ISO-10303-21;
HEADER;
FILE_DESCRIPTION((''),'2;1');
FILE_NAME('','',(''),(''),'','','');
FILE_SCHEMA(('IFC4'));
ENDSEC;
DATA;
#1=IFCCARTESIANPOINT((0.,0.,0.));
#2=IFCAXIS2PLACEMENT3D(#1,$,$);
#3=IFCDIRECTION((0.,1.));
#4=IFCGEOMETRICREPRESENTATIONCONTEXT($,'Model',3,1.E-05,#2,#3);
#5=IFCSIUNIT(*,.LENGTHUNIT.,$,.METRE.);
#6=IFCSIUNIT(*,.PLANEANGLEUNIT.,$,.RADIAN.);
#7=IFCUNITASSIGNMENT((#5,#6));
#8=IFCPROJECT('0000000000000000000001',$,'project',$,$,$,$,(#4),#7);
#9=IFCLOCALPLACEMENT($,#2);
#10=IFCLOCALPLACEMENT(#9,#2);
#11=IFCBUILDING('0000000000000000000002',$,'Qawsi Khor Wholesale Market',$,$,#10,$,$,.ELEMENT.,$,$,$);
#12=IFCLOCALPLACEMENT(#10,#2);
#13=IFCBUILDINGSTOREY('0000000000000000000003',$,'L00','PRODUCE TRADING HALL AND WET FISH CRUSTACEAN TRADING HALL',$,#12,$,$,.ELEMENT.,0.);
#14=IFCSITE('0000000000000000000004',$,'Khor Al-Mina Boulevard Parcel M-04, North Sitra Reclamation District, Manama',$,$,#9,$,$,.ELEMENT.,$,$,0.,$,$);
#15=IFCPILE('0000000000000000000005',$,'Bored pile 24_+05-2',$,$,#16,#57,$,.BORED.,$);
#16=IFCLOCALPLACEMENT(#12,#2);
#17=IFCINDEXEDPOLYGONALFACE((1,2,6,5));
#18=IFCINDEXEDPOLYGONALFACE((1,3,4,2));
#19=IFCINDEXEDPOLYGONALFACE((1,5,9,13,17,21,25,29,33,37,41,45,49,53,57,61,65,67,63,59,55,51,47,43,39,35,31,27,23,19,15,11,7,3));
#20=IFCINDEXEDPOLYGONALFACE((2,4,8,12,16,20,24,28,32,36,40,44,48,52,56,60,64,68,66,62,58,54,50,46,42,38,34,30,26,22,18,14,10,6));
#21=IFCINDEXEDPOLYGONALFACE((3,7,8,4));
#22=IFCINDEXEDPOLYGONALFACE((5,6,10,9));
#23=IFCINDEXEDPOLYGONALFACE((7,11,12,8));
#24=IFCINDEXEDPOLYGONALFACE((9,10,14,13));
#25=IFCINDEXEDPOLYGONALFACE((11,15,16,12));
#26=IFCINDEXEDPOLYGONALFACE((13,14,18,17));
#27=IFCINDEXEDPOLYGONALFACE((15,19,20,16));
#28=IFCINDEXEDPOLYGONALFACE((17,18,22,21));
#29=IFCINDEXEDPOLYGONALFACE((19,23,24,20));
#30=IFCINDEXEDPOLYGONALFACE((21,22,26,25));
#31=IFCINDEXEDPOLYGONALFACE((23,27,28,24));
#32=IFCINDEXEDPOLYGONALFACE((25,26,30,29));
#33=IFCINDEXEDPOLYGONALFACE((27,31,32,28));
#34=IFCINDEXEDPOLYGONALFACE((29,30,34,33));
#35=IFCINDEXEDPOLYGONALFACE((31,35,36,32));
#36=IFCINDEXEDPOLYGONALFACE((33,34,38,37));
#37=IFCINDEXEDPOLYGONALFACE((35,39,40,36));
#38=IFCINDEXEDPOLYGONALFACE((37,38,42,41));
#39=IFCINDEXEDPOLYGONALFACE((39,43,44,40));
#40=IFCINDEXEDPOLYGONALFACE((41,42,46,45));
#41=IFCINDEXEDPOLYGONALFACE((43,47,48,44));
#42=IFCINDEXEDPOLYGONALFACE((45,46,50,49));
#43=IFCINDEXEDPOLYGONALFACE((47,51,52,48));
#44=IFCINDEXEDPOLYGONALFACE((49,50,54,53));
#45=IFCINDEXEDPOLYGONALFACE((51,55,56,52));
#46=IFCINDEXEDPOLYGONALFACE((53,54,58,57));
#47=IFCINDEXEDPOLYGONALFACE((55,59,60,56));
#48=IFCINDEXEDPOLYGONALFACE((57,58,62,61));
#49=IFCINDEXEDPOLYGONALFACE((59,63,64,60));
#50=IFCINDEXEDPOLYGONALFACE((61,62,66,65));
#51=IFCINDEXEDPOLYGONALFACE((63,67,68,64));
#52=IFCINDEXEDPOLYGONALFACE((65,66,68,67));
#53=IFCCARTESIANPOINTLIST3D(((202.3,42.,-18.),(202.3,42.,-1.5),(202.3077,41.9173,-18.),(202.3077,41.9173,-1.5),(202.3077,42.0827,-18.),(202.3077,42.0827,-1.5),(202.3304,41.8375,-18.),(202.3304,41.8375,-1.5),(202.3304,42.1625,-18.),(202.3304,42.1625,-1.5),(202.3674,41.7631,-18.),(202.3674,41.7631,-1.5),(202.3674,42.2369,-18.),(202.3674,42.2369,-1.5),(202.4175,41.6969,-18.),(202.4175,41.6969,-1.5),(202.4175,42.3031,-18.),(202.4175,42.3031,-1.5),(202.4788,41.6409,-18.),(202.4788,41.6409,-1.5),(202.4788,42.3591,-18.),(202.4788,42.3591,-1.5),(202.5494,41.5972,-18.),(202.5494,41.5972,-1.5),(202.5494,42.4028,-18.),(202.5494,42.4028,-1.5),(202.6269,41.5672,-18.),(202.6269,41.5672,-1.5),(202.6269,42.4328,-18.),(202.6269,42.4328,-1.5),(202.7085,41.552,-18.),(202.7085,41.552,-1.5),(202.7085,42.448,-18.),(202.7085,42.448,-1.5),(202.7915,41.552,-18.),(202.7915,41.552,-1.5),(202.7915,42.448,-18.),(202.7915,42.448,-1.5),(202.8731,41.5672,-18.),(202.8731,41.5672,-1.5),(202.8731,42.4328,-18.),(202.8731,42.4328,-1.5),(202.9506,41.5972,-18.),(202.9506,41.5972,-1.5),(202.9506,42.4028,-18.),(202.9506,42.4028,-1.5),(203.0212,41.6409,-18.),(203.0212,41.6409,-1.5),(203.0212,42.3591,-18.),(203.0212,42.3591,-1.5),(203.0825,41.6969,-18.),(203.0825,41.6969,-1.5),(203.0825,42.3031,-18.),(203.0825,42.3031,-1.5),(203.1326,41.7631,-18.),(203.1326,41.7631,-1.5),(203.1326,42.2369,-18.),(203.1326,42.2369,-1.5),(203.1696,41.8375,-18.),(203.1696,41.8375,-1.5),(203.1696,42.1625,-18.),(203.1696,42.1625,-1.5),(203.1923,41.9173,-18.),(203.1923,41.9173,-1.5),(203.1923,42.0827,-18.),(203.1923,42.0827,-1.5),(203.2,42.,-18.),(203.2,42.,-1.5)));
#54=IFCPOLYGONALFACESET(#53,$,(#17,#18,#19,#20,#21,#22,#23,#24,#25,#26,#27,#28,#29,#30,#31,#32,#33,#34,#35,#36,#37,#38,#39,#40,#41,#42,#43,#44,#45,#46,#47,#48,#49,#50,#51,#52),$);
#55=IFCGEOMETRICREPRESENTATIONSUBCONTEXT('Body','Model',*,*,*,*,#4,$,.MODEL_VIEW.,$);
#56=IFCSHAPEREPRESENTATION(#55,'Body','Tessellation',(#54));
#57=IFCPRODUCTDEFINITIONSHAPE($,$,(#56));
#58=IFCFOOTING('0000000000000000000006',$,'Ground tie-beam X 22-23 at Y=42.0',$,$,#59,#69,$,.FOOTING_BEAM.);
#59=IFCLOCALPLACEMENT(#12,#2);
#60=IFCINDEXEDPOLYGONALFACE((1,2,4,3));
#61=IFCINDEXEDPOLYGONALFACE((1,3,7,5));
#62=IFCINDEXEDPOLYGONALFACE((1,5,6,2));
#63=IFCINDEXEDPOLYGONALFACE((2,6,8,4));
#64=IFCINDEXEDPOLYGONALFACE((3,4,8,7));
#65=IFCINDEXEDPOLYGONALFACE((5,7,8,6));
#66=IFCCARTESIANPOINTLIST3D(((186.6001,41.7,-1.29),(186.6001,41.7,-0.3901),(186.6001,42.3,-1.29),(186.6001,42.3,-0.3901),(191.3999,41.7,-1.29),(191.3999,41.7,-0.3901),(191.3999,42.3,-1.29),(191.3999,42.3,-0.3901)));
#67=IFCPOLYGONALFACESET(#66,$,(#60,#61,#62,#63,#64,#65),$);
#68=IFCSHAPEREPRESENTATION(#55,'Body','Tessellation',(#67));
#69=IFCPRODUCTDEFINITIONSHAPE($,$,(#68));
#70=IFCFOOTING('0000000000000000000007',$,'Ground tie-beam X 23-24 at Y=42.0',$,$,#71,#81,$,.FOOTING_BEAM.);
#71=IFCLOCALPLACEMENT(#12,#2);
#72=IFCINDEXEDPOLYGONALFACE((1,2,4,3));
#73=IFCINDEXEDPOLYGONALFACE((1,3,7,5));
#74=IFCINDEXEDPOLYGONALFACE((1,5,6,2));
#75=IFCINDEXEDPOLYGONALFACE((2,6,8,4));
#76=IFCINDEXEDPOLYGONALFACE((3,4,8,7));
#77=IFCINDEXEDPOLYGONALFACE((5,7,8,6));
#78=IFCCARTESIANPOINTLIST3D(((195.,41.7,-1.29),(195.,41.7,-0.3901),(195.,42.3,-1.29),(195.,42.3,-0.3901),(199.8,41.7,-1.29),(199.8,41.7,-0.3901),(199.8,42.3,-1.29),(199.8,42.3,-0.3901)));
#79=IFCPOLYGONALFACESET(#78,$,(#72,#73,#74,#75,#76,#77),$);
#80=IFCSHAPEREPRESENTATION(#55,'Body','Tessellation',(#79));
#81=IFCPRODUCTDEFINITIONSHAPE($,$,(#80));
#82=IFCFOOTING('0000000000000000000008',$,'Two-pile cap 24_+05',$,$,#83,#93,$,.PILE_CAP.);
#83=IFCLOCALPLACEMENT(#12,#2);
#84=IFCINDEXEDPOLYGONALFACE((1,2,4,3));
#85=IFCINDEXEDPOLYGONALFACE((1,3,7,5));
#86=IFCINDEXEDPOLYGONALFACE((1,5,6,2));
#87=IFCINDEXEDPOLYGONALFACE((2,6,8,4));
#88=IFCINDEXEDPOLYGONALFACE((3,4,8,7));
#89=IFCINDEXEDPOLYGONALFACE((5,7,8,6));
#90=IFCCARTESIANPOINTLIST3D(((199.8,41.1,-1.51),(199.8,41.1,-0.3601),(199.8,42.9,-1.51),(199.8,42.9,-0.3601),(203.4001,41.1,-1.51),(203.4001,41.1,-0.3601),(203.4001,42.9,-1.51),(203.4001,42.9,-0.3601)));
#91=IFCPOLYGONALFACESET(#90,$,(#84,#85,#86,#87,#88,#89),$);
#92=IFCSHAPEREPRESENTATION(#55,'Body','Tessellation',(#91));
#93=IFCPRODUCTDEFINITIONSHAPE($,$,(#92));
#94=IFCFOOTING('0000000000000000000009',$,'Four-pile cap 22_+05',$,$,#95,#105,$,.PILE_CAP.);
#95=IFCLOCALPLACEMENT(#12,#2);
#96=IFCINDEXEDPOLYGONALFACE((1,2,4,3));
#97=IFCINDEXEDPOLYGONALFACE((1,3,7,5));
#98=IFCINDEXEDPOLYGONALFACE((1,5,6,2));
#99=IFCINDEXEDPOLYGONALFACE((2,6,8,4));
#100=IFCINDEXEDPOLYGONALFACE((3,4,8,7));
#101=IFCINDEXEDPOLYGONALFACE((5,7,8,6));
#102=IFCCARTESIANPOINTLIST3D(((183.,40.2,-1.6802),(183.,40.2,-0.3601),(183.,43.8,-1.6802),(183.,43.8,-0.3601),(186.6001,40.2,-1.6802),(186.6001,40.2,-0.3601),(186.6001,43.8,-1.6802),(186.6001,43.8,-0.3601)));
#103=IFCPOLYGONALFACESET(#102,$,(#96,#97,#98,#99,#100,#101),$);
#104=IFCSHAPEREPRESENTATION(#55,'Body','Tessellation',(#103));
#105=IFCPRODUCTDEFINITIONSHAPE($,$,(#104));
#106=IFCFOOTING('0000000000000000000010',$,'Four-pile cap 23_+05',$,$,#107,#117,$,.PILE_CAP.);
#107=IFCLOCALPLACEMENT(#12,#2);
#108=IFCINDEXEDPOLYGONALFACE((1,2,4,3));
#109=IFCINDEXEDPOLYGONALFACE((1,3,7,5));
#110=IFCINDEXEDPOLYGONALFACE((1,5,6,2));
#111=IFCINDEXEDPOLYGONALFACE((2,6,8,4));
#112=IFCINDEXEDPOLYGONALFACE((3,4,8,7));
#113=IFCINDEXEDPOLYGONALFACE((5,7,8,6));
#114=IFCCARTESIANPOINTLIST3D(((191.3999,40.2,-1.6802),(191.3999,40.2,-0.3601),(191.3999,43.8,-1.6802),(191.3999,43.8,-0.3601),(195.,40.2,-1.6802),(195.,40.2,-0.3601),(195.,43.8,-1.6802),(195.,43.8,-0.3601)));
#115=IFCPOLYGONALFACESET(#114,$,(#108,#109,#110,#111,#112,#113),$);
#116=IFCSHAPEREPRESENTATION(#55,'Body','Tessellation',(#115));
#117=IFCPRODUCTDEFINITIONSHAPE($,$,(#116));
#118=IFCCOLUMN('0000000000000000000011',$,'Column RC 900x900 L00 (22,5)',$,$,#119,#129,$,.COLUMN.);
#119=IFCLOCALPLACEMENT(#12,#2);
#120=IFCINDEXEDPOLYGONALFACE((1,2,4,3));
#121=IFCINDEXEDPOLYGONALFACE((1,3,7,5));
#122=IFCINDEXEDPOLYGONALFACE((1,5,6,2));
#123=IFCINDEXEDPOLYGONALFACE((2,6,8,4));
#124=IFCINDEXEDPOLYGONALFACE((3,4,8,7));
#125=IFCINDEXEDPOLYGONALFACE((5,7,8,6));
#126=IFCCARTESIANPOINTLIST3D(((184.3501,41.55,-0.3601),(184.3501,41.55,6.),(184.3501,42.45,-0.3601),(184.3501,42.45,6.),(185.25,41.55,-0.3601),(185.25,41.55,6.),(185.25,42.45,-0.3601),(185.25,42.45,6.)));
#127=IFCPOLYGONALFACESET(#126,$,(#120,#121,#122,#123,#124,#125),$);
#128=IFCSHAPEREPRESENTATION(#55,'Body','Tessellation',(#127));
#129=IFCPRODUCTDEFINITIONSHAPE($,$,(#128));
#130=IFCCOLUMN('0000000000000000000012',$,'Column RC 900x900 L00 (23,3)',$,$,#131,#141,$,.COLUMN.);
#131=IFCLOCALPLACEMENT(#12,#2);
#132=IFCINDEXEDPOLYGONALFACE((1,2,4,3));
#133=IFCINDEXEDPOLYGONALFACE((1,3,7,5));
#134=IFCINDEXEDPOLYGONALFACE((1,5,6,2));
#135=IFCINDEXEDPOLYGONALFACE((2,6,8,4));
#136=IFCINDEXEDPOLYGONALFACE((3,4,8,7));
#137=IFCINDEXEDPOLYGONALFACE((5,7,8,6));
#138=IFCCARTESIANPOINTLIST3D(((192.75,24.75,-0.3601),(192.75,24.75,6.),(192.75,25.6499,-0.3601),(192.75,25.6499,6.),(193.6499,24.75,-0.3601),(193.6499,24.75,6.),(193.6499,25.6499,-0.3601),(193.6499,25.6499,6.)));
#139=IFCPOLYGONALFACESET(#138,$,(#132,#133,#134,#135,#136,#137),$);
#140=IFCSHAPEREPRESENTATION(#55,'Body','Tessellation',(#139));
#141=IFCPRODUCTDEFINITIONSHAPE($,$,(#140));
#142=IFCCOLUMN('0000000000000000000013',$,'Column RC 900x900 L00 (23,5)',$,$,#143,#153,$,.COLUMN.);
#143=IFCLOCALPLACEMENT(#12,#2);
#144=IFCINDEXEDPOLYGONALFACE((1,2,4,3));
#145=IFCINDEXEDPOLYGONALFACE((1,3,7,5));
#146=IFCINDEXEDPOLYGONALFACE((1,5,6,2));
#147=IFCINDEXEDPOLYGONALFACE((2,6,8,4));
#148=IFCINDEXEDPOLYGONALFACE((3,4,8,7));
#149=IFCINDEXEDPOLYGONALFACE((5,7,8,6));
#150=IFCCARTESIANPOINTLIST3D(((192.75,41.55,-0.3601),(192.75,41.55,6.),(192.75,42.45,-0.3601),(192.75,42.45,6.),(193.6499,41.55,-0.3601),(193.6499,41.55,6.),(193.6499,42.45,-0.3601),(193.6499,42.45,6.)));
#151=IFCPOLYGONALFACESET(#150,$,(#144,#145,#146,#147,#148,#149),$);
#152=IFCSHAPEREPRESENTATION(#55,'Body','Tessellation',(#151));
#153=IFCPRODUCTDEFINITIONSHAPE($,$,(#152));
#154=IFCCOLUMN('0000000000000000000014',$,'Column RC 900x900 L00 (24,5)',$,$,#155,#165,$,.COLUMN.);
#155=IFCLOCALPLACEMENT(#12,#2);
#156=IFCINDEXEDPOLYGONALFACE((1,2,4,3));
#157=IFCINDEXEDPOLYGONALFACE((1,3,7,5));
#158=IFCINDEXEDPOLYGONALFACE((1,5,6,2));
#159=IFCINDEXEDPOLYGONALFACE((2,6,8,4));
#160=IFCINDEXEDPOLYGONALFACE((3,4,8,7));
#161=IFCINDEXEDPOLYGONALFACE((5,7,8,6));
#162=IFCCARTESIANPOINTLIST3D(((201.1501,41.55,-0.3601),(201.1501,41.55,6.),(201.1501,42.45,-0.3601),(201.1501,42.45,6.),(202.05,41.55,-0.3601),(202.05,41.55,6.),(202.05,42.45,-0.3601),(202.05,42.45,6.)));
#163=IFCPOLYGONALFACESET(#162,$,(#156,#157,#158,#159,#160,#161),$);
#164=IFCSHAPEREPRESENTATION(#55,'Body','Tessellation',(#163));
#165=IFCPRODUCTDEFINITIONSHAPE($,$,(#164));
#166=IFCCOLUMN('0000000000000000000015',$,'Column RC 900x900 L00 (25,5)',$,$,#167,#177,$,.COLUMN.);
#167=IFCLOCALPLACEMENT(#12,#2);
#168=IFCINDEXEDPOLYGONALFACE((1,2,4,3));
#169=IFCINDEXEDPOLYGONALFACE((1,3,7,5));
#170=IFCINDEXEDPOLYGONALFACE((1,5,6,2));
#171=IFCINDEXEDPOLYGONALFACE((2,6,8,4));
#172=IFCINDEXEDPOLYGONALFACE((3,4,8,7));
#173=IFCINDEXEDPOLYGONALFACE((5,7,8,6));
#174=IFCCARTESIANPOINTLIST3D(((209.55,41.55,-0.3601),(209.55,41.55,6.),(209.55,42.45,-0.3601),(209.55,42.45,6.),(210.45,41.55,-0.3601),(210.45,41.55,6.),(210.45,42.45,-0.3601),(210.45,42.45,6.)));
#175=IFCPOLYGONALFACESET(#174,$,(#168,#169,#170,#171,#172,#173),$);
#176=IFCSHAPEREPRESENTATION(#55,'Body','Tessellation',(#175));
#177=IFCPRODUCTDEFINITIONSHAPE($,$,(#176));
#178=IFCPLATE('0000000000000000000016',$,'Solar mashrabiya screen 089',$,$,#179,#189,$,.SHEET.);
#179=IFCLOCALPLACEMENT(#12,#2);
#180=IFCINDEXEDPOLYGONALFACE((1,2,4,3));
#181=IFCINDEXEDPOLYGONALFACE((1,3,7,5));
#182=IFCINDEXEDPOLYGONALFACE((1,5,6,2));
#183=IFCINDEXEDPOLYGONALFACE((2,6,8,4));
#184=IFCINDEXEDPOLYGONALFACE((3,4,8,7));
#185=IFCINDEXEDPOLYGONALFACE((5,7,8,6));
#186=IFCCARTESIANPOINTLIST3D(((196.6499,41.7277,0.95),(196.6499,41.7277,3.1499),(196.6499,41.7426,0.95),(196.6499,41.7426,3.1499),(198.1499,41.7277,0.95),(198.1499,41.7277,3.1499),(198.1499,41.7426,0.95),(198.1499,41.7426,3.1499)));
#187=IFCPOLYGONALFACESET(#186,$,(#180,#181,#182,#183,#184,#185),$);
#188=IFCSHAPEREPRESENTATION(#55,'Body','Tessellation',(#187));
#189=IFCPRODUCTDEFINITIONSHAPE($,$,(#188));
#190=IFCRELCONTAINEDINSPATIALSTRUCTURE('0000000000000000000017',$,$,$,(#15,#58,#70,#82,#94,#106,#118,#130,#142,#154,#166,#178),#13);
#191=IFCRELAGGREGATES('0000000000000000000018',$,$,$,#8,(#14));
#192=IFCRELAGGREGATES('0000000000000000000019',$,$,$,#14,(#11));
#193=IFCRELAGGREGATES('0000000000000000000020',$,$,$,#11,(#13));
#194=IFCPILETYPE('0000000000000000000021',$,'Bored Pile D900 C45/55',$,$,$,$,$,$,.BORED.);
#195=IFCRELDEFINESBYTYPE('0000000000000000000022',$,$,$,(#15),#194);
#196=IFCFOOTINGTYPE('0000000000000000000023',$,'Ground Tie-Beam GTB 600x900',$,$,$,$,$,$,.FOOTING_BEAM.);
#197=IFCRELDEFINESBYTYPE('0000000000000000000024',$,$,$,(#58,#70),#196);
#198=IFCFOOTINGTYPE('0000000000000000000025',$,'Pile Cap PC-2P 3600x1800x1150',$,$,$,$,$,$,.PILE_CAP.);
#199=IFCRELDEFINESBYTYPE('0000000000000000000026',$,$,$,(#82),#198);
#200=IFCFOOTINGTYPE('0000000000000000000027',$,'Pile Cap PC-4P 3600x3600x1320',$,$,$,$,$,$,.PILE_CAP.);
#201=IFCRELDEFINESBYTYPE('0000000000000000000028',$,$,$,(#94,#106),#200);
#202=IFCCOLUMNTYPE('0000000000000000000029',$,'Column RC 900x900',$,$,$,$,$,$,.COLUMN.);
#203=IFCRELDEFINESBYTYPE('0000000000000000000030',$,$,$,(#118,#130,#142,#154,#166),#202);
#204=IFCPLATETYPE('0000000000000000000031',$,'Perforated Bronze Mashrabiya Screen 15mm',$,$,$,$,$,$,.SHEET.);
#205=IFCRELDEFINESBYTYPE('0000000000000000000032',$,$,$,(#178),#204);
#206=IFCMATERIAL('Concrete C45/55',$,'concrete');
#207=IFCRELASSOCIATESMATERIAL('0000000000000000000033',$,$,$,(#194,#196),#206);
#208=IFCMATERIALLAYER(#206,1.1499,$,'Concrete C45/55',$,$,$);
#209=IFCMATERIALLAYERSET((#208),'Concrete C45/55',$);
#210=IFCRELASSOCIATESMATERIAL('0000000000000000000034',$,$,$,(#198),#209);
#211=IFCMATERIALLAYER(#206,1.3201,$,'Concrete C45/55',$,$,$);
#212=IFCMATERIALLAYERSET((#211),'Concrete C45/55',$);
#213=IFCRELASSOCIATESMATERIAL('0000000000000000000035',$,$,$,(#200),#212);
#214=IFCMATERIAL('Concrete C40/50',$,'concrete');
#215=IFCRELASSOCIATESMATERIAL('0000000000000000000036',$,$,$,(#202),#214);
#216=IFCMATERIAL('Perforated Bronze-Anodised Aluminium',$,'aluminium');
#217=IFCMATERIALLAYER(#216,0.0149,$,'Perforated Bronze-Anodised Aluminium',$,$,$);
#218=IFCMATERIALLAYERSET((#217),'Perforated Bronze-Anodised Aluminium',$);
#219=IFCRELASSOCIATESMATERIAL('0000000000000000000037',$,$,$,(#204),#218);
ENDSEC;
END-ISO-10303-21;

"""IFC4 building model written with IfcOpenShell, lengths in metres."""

from ifc_helpers import new_model, si_unit, direction, frame, frame_2d, origin, origin_2d, place, context, subcontext, project, spatial, rectangle, circle, extrude, material, layer, layer_set, material_profile, profile_set, type_object, element, save


model = new_model("IFC4")

# Units and contexts
model_context = context("Model", 3, precision=1e-05, world=origin(), true_north=direction((0.0, 1.0)))
body_context = subcontext(model_context, "Body", "Model", "MODEL_VIEW")
ifc_project = project(units=[si_unit("LENGTHUNIT", "METRE"), si_unit("PLANEANGLEUNIT", "RADIAN")], contexts=[model_context])

# Site, building, storey
site_placement = place(None, origin())
site = spatial("IfcSite", under=ifc_project, at=site_placement, Name="Khor Al-Mina Boulevard Parcel M-04, North Sitra Reclamation District, Manama", CompositionType="ELEMENT", RefElevation=0.0)
building_placement = place(site_placement, origin())
building = spatial("IfcBuilding", under=site, at=building_placement, Name="Qawsi Khor Wholesale Market", CompositionType="ELEMENT")
storey_placement = place(building_placement, origin())
storey = spatial("IfcBuildingStorey", under=building, at=storey_placement, Name="L00", Description="PRODUCE TRADING HALL AND WET FISH CRUSTACEAN TRADING HALL", CompositionType="ELEMENT", Elevation=0.0)

# Pile
ifc_material_1 = material(Name="Concrete C45/55", Category="concrete")
ifc_material_profile_1 = material_profile(ifc_material_1, circle(Radius=0.45, at=origin_2d()), Name="PILE D900")
ifc_profile_set_1 = profile_set([ifc_material_profile_1], Name="Concrete C45/55")
pile_type = type_object("IfcPileType", Name="Bored Pile D900 C45/55", PredefinedType="BORED", material=ifc_profile_set_1)
for number, where, z_axis, x_axis, name in (
    (1, (202.75, 42.0, -1.5), (0.0, 0.0, -1.0), (1.0, 0.0, 0.0), "Bored pile 24_+05-2"),
):
    element("IfcPile", number, at=place(storey_placement, frame(where, z_axis=z_axis, x_axis=x_axis)), inside=storey, type_object=pile_type, Name=name, PredefinedType="BORED", context=body_context, shape_type="SweptSolid", body=[
        extrude(circle(Radius=0.45, at=origin_2d()), origin(), (0.0, 0.0, 1.0), 16.5),
    ])

# Footings
ifc_material_profile_2 = material_profile(ifc_material_1, rectangle(XDim=0.6001, YDim=0.8999, at=origin_2d()), Name="RC 600x900")
ifc_profile_set_2 = profile_set([ifc_material_profile_2], Name="Concrete C45/55")
footing_type_1 = type_object("IfcFootingType", Name="Ground Tie-Beam GTB 600x900", PredefinedType="FOOTING_BEAM", material=ifc_profile_set_2)
footing_1_placement = place(storey_placement, frame((186.6001, 42.0, -0.8401), z_axis=(1.0, 0.0, 0.0), x_axis=(0.0, 1.0, 0.0)))
element("IfcFooting", 2, at=footing_1_placement, inside=storey, type_object=footing_type_1, Name="Ground tie-beam X 22-23 at Y=42.0", PredefinedType="FOOTING_BEAM", context=body_context, shape_type="SweptSolid", body=[
    extrude(rectangle(XDim=0.6001, YDim=0.8999, at=origin_2d()), origin(), (0.0, 0.0, 1.0), 4.7998),
])
footing_2_placement = place(storey_placement, frame((195.0, 42.0, -0.8401), z_axis=(1.0, 0.0, 0.0), x_axis=(0.0, 1.0, 0.0)))
element("IfcFooting", 3, at=footing_2_placement, inside=storey, type_object=footing_type_1, Name="Ground tie-beam X 23-24 at Y=42.0", PredefinedType="FOOTING_BEAM", context=body_context, shape_type="SweptSolid", body=[
    extrude(rectangle(XDim=0.6001, YDim=0.8999, at=origin_2d()), origin(), (0.0, 0.0, 1.0), 4.8),
])
ifc_layer_1 = layer(ifc_material_1, 1.1499, Name="Concrete C45/55")
ifc_layer_set_1 = layer_set([ifc_layer_1], Name="Concrete C45/55")
footing_type_2 = type_object("IfcFootingType", Name="Pile Cap PC-2P 3600x1800x1150", PredefinedType="PILE_CAP", material=ifc_layer_set_1)
footing_3_placement = place(storey_placement, frame((201.6001, 42.0, -1.51), z_axis=(0.0, 0.0, 1.0), x_axis=(1.0, 0.0, 0.0)))
element("IfcFooting", 4, at=footing_3_placement, inside=storey, type_object=footing_type_2, Name="Two-pile cap 24_+05", PredefinedType="PILE_CAP", context=body_context, shape_type="SweptSolid", body=[
    extrude(rectangle(XDim=3.6001, YDim=1.8, at=origin_2d()), origin(), (0.0, 0.0, 1.0), 1.1499),
])
ifc_layer_2 = layer(ifc_material_1, 1.3201, Name="Concrete C45/55")
ifc_layer_set_2 = layer_set([ifc_layer_2], Name="Concrete C45/55")
footing_type_3 = type_object("IfcFootingType", Name="Pile Cap PC-4P 3600x3600x1320", PredefinedType="PILE_CAP", material=ifc_layer_set_2)
for number, where, z_axis, x_axis, name in (
    (5, (184.8, 42.0, -1.6802), (0.0, 0.0, 1.0), (1.0, 0.0, 0.0), "Four-pile cap 22_+05"),
    (6, (193.2, 42.0, -1.6802), (0.0, 0.0, 1.0), (1.0, 0.0, 0.0), "Four-pile cap 23_+05"),
):
    element("IfcFooting", number, at=place(storey_placement, frame(where, z_axis=z_axis, x_axis=x_axis)), inside=storey, type_object=footing_type_3, Name=name, PredefinedType="PILE_CAP", context=body_context, shape_type="SweptSolid", body=[
        extrude(rectangle(XDim=3.6001, YDim=3.6001, at=origin_2d()), origin(), (0.0, 0.0, 1.0), 1.3201),
    ])

# Columns
ifc_material_2 = material(Name="Concrete C40/50", Category="concrete")
ifc_material_profile_3 = material_profile(ifc_material_2, rectangle(XDim=0.8999, YDim=0.8999, at=origin_2d()), Name="RC 900x900")
ifc_profile_set_3 = profile_set([ifc_material_profile_3], Name="Concrete C40/50")
column_type = type_object("IfcColumnType", Name="Column RC 900x900", PredefinedType="COLUMN", material=ifc_profile_set_3)
for number, where, z_axis, x_axis, name in (
    (7, (184.8, 42.0, -0.3601), (0.0, 0.0, 1.0), (1.0, 0.0, 0.0), "Column RC 900x900 L00 (22,5)"),
    (8, (193.2, 25.2, -0.3601), (0.0, 0.0, 1.0), (1.0, 0.0, 0.0), "Column RC 900x900 L00 (23,3)"),
    (9, (193.2, 42.0, -0.3601), (0.0, 0.0, 1.0), (1.0, 0.0, 0.0), "Column RC 900x900 L00 (23,5)"),
    (10, (201.6001, 42.0, -0.3601), (0.0, 0.0, 1.0), (1.0, 0.0, 0.0), "Column RC 900x900 L00 (24,5)"),
    (11, (210.0, 42.0, -0.3601), (0.0, 0.0, 1.0), (1.0, 0.0, 0.0), "Column RC 900x900 L00 (25,5)"),
):
    element("IfcColumn", number, at=place(storey_placement, frame(where, z_axis=z_axis, x_axis=x_axis)), inside=storey, type_object=column_type, Name=name, PredefinedType="COLUMN", context=body_context, shape_type="SweptSolid", body=[
        extrude(rectangle(XDim=0.8999, YDim=0.8999, at=origin_2d()), origin(), (0.0, 0.0, 1.0), 6.3601),
    ])

# Plate
ifc_material_3 = material(Name="Perforated Bronze-Anodised Aluminium", Category="aluminium")
ifc_layer_3 = layer(ifc_material_3, 0.0149, Name="Perforated Bronze-Anodised Aluminium")
ifc_layer_set_3 = layer_set([ifc_layer_3], Name="Perforated Bronze-Anodised Aluminium")
plate_type = type_object("IfcPlateType", Name="Perforated Bronze Mashrabiya Screen 15mm", PredefinedType="SHEET", material=ifc_layer_set_3)
plate_placement = place(storey_placement, frame((198.1499, 41.7351, 0.95), z_axis=(0.0, 0.0, 1.0), x_axis=(-1.0, 0.0, 0.0)))
element("IfcPlate", 12, at=plate_placement, inside=storey, type_object=plate_type, Name="Solar mashrabiya screen 089", PredefinedType="SHEET", context=body_context, shape_type="SweptSolid", body=[
    extrude(rectangle(XDim=1.5, YDim=0.0149, at=frame_2d((0.75, 0.0))), origin(), (0.0, 0.0, 1.0), 2.2),
])

save(model, "model.ifc")
